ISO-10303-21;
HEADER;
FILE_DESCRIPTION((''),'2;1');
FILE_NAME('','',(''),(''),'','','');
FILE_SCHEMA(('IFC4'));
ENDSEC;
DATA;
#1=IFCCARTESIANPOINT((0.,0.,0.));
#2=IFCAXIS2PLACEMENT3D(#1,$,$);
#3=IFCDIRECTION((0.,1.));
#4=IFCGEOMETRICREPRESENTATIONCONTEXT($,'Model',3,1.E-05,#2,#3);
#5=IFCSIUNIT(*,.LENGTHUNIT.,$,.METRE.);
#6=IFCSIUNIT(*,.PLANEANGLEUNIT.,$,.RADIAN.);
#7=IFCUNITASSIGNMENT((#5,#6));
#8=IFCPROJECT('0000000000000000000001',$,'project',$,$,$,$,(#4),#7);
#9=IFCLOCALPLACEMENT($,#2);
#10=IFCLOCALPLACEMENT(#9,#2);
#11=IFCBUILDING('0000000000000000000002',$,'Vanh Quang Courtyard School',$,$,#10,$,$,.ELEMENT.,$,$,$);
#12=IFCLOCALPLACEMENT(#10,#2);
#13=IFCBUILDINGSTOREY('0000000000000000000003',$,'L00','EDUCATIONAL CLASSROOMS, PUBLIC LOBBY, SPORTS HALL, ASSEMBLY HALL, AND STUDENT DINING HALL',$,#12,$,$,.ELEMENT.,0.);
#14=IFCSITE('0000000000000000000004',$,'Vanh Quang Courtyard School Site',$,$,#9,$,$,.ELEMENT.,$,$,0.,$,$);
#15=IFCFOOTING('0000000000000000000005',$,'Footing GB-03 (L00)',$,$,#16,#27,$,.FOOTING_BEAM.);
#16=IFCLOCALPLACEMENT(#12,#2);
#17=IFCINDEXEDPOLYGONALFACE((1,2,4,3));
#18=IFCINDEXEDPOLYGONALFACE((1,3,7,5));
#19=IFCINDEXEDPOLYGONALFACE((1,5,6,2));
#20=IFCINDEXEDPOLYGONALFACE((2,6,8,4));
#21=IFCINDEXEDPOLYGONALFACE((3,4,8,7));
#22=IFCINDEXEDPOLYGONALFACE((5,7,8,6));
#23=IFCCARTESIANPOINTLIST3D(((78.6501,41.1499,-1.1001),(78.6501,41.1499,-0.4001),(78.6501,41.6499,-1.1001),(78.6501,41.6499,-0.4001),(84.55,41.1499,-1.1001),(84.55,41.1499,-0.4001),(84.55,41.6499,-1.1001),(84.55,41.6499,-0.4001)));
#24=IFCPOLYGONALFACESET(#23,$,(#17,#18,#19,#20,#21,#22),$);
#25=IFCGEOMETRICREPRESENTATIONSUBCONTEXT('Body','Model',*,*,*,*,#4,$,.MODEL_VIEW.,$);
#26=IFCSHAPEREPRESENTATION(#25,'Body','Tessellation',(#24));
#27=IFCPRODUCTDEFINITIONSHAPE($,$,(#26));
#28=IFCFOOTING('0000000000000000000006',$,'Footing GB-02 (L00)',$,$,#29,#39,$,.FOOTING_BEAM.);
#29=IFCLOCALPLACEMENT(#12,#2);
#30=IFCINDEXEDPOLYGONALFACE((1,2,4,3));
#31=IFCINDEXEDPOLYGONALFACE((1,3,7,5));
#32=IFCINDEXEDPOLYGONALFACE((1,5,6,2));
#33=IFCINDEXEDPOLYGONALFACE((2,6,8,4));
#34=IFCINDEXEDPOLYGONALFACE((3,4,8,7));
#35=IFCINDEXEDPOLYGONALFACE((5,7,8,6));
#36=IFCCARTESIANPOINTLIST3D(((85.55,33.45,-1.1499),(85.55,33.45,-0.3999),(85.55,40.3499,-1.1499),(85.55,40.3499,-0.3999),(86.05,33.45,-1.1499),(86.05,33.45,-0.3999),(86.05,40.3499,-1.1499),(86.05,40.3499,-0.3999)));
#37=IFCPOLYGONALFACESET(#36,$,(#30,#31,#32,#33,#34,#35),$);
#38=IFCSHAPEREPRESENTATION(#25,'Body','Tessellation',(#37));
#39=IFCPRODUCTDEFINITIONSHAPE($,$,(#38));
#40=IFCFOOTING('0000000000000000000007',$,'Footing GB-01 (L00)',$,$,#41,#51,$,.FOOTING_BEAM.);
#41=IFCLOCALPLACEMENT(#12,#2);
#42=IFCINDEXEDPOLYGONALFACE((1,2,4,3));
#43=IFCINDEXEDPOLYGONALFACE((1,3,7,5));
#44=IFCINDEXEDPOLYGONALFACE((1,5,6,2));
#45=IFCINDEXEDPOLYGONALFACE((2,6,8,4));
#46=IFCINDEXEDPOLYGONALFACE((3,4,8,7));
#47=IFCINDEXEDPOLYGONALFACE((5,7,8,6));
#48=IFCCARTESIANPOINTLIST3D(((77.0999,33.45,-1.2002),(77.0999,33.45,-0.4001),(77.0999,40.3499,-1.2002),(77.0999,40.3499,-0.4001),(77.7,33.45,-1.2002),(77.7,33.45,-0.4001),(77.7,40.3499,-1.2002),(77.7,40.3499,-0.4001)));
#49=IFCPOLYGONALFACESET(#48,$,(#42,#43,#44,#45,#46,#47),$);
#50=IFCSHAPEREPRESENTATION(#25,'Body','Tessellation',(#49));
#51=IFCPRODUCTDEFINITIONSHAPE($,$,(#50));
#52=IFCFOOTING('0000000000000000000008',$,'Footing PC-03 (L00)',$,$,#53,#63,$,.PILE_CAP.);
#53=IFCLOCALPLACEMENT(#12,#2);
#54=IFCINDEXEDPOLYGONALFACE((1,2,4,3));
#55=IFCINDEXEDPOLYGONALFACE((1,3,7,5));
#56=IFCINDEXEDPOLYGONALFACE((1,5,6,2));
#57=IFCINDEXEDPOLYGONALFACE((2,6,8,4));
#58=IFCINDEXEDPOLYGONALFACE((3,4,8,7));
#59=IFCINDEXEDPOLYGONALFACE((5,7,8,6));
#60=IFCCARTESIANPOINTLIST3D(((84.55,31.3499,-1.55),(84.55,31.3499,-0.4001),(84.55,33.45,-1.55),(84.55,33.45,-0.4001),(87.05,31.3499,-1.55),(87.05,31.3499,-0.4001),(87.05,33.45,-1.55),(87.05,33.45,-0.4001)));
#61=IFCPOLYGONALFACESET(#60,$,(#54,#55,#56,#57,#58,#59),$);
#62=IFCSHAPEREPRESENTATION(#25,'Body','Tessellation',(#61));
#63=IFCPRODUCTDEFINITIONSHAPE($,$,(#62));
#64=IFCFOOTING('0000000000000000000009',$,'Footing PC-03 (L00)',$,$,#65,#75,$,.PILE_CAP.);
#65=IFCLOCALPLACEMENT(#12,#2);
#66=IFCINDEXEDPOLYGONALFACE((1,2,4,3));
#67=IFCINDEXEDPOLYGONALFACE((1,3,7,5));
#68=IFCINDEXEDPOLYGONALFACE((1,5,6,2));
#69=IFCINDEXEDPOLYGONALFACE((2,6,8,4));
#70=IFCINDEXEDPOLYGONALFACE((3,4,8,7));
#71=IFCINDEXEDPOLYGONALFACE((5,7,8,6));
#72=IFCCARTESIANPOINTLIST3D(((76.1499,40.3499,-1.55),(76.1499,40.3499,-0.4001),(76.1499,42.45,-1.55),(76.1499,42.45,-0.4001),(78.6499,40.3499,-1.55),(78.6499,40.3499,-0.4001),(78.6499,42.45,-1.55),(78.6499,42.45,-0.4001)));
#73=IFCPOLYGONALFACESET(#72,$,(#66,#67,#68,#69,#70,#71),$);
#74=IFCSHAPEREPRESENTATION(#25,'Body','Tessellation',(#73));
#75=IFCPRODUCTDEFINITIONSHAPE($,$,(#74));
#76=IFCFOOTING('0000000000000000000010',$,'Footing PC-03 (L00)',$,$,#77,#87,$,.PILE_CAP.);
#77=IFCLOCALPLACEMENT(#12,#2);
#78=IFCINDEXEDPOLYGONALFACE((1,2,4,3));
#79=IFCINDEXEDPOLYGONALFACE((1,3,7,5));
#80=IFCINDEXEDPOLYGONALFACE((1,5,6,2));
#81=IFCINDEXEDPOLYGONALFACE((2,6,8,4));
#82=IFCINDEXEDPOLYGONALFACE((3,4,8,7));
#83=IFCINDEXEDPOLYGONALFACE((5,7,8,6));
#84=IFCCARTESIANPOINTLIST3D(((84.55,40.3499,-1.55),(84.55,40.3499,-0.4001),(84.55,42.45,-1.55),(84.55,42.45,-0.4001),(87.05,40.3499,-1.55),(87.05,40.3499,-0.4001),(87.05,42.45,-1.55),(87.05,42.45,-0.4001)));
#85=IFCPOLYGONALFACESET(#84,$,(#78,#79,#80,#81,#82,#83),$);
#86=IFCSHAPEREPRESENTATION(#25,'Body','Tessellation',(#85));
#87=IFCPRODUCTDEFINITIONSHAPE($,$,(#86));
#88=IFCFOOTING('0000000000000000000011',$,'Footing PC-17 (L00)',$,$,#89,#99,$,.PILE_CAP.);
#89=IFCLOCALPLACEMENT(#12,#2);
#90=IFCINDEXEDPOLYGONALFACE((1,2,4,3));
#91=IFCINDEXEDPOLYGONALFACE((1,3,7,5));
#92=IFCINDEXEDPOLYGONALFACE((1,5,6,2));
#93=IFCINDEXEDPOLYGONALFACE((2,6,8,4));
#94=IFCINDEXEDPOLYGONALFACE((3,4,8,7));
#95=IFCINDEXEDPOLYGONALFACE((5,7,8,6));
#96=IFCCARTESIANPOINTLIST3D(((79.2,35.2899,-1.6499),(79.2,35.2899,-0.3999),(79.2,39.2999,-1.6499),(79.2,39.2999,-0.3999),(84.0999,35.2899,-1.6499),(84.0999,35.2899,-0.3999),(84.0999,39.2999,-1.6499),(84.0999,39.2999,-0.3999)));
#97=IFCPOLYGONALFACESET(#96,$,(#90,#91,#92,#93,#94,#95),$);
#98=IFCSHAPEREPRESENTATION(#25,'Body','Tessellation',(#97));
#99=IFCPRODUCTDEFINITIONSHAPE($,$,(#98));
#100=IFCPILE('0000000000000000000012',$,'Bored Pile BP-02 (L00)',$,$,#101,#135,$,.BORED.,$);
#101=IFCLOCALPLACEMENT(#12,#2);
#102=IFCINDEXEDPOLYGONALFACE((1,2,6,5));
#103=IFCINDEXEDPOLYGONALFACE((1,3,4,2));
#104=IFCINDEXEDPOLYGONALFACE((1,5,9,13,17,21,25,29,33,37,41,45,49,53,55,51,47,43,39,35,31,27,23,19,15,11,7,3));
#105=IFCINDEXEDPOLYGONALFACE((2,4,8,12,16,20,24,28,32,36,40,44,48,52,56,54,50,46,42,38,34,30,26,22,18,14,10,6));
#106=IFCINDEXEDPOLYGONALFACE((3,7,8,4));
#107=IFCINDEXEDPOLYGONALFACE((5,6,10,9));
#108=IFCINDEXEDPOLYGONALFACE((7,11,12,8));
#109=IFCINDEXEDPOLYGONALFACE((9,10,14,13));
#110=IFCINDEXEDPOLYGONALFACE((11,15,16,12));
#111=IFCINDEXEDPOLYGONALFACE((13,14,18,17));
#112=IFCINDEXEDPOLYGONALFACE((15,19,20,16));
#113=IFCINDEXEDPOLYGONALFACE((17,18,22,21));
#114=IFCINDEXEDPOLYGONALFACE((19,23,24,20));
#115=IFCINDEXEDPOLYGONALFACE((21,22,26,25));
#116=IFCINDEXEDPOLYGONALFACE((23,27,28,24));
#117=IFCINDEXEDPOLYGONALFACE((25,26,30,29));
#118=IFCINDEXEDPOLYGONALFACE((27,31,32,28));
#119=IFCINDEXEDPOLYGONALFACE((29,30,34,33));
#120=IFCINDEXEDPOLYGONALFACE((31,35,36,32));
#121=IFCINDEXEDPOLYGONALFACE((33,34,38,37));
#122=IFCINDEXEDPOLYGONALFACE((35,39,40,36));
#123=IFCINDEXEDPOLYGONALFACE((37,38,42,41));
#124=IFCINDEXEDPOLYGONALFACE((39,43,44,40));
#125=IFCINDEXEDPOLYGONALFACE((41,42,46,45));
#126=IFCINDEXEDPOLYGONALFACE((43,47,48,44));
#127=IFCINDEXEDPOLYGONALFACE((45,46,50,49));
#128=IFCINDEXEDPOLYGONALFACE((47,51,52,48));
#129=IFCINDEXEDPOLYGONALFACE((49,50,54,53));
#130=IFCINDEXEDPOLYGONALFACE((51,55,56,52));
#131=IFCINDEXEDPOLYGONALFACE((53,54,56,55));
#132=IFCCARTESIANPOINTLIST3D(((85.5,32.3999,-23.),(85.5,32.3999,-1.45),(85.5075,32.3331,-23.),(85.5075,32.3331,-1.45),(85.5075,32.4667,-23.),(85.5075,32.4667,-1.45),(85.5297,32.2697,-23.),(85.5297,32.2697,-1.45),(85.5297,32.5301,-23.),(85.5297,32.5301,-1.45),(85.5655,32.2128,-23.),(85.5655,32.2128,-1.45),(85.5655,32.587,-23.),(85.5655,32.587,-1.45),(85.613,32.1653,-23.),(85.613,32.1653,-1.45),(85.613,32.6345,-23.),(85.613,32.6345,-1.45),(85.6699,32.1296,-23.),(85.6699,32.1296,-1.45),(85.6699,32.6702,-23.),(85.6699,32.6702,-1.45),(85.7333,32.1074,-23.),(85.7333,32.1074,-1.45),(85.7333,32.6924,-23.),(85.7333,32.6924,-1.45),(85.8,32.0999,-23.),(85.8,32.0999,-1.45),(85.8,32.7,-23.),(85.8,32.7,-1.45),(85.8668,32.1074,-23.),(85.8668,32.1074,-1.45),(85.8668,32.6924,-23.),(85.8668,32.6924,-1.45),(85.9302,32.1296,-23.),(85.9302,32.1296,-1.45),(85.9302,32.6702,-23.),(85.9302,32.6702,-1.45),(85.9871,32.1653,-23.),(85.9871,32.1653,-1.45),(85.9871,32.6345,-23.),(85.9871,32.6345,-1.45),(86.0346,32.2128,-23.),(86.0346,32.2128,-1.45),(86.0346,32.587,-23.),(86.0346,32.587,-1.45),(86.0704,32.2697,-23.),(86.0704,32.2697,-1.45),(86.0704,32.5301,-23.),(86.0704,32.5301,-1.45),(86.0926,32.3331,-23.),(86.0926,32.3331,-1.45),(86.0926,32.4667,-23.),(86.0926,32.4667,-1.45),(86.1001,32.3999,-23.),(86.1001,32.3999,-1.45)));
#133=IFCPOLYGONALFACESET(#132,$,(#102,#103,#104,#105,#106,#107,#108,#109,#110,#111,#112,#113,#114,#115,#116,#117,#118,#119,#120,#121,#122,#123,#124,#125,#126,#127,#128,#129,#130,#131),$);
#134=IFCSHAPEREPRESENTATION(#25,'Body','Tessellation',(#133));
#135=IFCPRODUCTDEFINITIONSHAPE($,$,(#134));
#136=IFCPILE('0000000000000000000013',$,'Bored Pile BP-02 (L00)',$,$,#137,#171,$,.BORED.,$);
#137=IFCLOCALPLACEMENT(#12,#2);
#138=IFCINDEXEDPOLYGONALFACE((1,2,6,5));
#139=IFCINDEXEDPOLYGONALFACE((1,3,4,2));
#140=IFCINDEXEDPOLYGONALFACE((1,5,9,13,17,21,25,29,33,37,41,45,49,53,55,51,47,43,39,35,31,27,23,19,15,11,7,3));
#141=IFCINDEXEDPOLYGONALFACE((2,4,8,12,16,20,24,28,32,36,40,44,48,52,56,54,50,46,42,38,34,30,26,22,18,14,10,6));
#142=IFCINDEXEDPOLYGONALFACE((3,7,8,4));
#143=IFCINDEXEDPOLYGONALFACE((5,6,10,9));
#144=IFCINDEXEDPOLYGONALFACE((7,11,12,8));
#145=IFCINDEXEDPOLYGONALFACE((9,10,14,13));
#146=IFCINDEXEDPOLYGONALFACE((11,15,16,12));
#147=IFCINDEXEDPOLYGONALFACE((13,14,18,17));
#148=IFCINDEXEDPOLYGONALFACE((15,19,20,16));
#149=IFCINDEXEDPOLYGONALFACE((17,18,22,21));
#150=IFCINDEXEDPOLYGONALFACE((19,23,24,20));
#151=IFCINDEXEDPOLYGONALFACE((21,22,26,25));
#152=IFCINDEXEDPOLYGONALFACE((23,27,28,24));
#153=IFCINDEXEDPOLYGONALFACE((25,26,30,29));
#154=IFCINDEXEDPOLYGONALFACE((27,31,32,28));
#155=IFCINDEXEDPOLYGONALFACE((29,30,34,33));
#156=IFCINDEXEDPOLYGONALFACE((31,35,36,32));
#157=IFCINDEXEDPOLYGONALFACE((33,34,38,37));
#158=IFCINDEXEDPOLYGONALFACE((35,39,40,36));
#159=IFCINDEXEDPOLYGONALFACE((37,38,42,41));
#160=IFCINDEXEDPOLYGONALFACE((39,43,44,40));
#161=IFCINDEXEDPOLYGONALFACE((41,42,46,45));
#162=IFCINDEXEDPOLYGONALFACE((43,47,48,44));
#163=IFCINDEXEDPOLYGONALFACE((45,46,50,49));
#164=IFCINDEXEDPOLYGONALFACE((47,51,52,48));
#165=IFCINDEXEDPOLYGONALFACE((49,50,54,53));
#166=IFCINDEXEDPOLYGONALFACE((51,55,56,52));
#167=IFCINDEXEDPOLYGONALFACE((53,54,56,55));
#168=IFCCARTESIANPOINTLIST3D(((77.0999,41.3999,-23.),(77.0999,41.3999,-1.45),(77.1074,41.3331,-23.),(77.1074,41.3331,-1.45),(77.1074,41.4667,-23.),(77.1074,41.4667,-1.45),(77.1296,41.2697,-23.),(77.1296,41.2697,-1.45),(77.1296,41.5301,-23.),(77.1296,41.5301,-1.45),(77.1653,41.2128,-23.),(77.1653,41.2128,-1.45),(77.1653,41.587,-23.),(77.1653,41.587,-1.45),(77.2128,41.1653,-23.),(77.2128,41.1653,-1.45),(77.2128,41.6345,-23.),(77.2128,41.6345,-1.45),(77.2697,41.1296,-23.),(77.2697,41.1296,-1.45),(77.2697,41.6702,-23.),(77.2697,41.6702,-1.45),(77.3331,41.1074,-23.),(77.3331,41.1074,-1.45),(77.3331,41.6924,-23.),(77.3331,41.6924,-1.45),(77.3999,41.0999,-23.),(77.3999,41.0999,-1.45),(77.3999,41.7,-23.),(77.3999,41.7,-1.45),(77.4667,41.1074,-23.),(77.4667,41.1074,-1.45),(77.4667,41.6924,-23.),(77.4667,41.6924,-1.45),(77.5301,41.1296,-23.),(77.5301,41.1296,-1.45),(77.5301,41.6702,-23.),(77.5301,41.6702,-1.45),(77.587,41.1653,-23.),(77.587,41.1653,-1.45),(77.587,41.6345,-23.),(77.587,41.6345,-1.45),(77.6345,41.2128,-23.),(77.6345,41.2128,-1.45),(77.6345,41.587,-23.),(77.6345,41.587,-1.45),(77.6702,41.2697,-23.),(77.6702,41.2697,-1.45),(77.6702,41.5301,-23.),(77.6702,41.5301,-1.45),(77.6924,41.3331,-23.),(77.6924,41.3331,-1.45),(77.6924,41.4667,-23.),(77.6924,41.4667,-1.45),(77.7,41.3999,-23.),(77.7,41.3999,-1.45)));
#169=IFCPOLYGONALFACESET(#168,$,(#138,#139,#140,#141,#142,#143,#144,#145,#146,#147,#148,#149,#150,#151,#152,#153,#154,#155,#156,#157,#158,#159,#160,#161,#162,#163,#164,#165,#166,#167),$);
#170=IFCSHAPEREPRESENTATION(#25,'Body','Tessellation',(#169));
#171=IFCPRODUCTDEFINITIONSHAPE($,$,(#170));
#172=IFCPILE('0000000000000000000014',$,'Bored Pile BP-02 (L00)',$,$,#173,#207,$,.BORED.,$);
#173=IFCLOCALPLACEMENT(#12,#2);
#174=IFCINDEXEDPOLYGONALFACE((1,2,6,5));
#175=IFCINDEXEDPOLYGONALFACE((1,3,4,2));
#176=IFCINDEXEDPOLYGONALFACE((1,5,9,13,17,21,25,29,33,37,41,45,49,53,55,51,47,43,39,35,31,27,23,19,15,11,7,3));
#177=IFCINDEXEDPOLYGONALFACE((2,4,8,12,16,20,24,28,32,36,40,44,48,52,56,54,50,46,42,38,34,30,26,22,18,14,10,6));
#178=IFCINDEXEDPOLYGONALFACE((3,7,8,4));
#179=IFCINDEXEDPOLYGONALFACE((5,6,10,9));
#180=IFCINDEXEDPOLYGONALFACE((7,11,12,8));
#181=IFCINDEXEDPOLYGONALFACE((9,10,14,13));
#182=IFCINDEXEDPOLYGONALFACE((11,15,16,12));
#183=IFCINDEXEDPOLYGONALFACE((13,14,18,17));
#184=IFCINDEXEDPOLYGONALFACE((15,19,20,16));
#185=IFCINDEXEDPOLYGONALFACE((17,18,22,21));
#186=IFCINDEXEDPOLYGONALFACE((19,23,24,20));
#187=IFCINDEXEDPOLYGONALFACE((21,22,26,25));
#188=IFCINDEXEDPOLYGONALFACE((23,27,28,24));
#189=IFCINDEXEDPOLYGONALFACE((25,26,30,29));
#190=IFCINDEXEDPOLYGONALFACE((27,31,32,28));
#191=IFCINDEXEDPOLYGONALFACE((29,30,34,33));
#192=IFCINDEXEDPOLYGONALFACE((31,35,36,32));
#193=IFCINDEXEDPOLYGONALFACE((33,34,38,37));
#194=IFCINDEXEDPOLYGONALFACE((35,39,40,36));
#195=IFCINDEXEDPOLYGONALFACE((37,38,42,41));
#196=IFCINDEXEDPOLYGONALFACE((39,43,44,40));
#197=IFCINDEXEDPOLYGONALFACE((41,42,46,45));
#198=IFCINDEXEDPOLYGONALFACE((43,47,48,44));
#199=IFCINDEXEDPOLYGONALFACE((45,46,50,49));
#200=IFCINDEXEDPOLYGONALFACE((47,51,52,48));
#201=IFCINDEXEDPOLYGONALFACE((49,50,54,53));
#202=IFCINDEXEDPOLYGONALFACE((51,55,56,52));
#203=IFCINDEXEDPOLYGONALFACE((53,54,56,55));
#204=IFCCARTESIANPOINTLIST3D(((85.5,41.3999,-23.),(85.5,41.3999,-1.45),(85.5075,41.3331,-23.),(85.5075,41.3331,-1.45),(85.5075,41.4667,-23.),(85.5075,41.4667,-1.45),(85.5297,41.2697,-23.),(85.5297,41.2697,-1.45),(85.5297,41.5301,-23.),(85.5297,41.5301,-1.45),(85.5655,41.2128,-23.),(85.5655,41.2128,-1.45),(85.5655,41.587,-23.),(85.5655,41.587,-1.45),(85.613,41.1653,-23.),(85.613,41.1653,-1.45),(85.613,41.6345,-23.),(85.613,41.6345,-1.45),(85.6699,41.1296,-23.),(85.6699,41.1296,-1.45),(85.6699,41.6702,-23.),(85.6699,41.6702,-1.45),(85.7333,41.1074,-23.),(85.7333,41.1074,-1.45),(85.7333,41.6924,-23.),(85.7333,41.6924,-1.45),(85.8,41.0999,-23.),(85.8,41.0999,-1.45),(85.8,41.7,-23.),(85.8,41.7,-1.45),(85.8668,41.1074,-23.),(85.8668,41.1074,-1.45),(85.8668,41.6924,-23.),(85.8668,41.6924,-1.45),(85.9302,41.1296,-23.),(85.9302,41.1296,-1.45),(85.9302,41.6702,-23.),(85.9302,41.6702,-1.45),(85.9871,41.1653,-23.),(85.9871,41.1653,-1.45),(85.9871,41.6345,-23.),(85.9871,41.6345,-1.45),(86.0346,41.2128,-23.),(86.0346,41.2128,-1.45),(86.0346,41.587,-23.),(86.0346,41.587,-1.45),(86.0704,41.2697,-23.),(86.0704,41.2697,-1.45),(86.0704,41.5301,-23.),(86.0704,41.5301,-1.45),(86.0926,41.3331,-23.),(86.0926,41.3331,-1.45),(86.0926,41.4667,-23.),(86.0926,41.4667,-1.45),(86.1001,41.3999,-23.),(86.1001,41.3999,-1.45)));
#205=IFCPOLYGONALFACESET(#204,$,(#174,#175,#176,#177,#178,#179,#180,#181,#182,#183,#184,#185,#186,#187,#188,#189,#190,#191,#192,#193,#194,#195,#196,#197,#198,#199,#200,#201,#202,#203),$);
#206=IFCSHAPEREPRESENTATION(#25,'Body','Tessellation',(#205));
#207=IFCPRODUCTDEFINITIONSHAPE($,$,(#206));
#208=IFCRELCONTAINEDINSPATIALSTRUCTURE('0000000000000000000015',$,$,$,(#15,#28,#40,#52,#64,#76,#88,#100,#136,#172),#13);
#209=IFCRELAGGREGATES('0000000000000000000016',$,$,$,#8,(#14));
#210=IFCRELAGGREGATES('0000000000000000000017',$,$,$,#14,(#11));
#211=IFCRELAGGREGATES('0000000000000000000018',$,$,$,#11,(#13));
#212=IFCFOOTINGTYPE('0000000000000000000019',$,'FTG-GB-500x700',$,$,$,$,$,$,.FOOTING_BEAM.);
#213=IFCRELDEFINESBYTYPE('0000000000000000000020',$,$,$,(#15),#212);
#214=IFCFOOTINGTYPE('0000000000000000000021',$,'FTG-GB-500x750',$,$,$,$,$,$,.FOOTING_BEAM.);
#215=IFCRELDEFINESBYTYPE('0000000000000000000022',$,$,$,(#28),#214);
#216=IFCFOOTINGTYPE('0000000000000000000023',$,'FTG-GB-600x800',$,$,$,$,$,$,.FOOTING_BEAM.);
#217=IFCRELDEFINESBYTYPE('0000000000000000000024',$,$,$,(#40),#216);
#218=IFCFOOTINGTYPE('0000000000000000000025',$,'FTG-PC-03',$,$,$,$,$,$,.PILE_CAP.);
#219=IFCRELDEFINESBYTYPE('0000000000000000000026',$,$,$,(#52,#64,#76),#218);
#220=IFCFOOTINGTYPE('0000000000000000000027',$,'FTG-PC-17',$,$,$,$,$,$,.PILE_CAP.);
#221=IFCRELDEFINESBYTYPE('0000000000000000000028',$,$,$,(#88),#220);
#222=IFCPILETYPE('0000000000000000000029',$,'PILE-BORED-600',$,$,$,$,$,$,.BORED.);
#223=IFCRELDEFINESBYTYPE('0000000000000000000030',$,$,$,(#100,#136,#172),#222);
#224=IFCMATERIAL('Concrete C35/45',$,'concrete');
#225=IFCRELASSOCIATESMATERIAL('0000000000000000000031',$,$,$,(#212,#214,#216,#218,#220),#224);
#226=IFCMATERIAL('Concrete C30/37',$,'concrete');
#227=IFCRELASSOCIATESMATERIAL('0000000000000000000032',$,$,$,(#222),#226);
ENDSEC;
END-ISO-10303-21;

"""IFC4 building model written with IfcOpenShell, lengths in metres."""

from ifc_helpers import new_model, si_unit, direction, frame, origin, origin_2d, place, context, subcontext, project, spatial, rectangle, circle, extrude, material, material_profile, profile_set, type_object, element, save


model = new_model("IFC4")

# Units and contexts
model_context = context("Model", 3, precision=1e-05, world=origin(), true_north=direction((0.0, 1.0)))
body_context = subcontext(model_context, "Body", "Model", "MODEL_VIEW")
ifc_project = project(units=[si_unit("LENGTHUNIT", "METRE"), si_unit("PLANEANGLEUNIT", "RADIAN")], contexts=[model_context])

# Site, building, storey
site_placement = place(None, origin())
site = spatial("IfcSite", under=ifc_project, at=site_placement, Name="Vanh Quang Courtyard School Site", CompositionType="ELEMENT", RefElevation=0.0)
building_placement = place(site_placement, origin())
building = spatial("IfcBuilding", under=site, at=building_placement, Name="Vanh Quang Courtyard School", CompositionType="ELEMENT")
storey_placement = place(building_placement, origin())
storey = spatial("IfcBuildingStorey", under=building, at=storey_placement, Name="L00", Description="EDUCATIONAL CLASSROOMS, PUBLIC LOBBY, SPORTS HALL, ASSEMBLY HALL, AND STUDENT DINING HALL", CompositionType="ELEMENT", Elevation=0.0)

# Footings
ifc_material_1 = material(Name="Concrete C35/45", Category="concrete")
footing_type_1 = type_object("IfcFootingType", Name="FTG-GB-500x700", PredefinedType="FOOTING_BEAM", material=ifc_material_1)
footing_1_placement = place(storey_placement, frame((81.6001, 41.3999, -1.1001), z_axis=(0.0, 0.0, 1.0), x_axis=(1.0, 0.0, 0.0)))
element("IfcFooting", 1, at=footing_1_placement, inside=storey, type_object=footing_type_1, Name="Footing GB-03 (L00)", PredefinedType="FOOTING_BEAM", context=body_context, shape_type="SweptSolid", body=[
    extrude(rectangle(XDim=5.8999, YDim=0.5, at=origin_2d()), origin(), (0.0, 0.0, 1.0), 0.7),
])
footing_type_2 = type_object("IfcFootingType", Name="FTG-GB-500x750", PredefinedType="FOOTING_BEAM", material=ifc_material_1)
footing_2_placement = place(storey_placement, frame((85.8, 36.8999, -1.1499), z_axis=(0.0, 0.0, 1.0), x_axis=(0.0, 1.0, 0.0)))
element("IfcFooting", 2, at=footing_2_placement, inside=storey, type_object=footing_type_2, Name="Footing GB-02 (L00)", PredefinedType="FOOTING_BEAM", context=body_context, shape_type="SweptSolid", body=[
    extrude(rectangle(XDim=6.8999, YDim=0.5, at=origin_2d()), origin(), (0.0, 0.0, 1.0), 0.75),
])
footing_type_3 = type_object("IfcFootingType", Name="FTG-GB-600x800", PredefinedType="FOOTING_BEAM", material=ifc_material_1)
footing_3_placement = place(storey_placement, frame((77.3999, 36.8999, -1.2002), z_axis=(0.0, 0.0, 1.0), x_axis=(0.0, 1.0, 0.0)))
element("IfcFooting", 3, at=footing_3_placement, inside=storey, type_object=footing_type_3, Name="Footing GB-01 (L00)", PredefinedType="FOOTING_BEAM", context=body_context, shape_type="SweptSolid", body=[
    extrude(rectangle(XDim=6.8999, YDim=0.6001, at=origin_2d()), origin(), (0.0, 0.0, 1.0), 0.8),
])
footing_type_4 = type_object("IfcFootingType", Name="FTG-PC-03", PredefinedType="PILE_CAP", material=ifc_material_1)
for number, where, z_axis, x_axis, name in (
    (4, (85.8, 32.3999, -1.55), (0.0, 0.0, 1.0), (1.0, 0.0, 0.0), "Footing PC-03 (L00)"),
    (5, (77.3999, 41.3999, -1.55), (0.0, 0.0, 1.0), (1.0, 0.0, 0.0), "Footing PC-03 (L00)"),
    (6, (85.8, 41.3999, -1.55), (0.0, 0.0, 1.0), (1.0, 0.0, 0.0), "Footing PC-03 (L00)"),
):
    element("IfcFooting", number, at=place(storey_placement, frame(where, z_axis=z_axis, x_axis=x_axis)), inside=storey, type_object=footing_type_4, Name=name, PredefinedType="PILE_CAP", context=body_context, shape_type="SweptSolid", body=[
        extrude(rectangle(XDim=2.5, YDim=2.1001, at=origin_2d()), origin(), (0.0, 0.0, 1.0), 1.1499),
    ])
footing_type_5 = type_object("IfcFootingType", Name="FTG-PC-17", PredefinedType="PILE_CAP", material=ifc_material_1)
footing_4_placement = place(storey_placement, frame((81.6499, 37.2949, -1.6499), z_axis=(0.0, 0.0, 1.0), x_axis=(1.0, 0.0, 0.0)))
element("IfcFooting", 7, at=footing_4_placement, inside=storey, type_object=footing_type_5, Name="Footing PC-17 (L00)", PredefinedType="PILE_CAP", context=body_context, shape_type="SweptSolid", body=[
    extrude(rectangle(XDim=4.8999, YDim=4.01, at=origin_2d()), origin(), (0.0, 0.0, 1.0), 1.25),
])

# Piles
ifc_material_2 = material(Name="Concrete C30/37", Category="concrete")
ifc_material_profile_1 = material_profile(ifc_material_2, circle(Radius=0.3, at=origin_2d()), Name="PILE D600")
ifc_profile_set_1 = profile_set([ifc_material_profile_1], Name="Concrete C30/37")
pile_type_1 = type_object("IfcPileType", Name="PILE-BORED-600", PredefinedType="BORED", material=ifc_profile_set_1)
for number, where, z_axis, x_axis, name in (
    (8, (85.8, 32.3999, -1.45), (0.0, 0.0, -1.0), (1.0, 0.0, 0.0), "Bored Pile BP-02 (L00)"),
    (9, (77.3999, 41.3999, -1.45), (0.0, 0.0, -1.0), (1.0, 0.0, 0.0), "Bored Pile BP-02 (L00)"),
    (10, (85.8, 41.3999, -1.45), (0.0, 0.0, -1.0), (1.0, 0.0, 0.0), "Bored Pile BP-02 (L00)"),
):
    element("IfcPile", number, at=place(storey_placement, frame(where, z_axis=z_axis, x_axis=x_axis)), inside=storey, type_object=pile_type_1, Name=name, PredefinedType="BORED", context=body_context, shape_type="SweptSolid", body=[
        extrude(circle(Radius=0.3, at=origin_2d()), origin(), (0.0, 0.0, 1.0), 21.55),
    ])

save(model, "model.ifc")
